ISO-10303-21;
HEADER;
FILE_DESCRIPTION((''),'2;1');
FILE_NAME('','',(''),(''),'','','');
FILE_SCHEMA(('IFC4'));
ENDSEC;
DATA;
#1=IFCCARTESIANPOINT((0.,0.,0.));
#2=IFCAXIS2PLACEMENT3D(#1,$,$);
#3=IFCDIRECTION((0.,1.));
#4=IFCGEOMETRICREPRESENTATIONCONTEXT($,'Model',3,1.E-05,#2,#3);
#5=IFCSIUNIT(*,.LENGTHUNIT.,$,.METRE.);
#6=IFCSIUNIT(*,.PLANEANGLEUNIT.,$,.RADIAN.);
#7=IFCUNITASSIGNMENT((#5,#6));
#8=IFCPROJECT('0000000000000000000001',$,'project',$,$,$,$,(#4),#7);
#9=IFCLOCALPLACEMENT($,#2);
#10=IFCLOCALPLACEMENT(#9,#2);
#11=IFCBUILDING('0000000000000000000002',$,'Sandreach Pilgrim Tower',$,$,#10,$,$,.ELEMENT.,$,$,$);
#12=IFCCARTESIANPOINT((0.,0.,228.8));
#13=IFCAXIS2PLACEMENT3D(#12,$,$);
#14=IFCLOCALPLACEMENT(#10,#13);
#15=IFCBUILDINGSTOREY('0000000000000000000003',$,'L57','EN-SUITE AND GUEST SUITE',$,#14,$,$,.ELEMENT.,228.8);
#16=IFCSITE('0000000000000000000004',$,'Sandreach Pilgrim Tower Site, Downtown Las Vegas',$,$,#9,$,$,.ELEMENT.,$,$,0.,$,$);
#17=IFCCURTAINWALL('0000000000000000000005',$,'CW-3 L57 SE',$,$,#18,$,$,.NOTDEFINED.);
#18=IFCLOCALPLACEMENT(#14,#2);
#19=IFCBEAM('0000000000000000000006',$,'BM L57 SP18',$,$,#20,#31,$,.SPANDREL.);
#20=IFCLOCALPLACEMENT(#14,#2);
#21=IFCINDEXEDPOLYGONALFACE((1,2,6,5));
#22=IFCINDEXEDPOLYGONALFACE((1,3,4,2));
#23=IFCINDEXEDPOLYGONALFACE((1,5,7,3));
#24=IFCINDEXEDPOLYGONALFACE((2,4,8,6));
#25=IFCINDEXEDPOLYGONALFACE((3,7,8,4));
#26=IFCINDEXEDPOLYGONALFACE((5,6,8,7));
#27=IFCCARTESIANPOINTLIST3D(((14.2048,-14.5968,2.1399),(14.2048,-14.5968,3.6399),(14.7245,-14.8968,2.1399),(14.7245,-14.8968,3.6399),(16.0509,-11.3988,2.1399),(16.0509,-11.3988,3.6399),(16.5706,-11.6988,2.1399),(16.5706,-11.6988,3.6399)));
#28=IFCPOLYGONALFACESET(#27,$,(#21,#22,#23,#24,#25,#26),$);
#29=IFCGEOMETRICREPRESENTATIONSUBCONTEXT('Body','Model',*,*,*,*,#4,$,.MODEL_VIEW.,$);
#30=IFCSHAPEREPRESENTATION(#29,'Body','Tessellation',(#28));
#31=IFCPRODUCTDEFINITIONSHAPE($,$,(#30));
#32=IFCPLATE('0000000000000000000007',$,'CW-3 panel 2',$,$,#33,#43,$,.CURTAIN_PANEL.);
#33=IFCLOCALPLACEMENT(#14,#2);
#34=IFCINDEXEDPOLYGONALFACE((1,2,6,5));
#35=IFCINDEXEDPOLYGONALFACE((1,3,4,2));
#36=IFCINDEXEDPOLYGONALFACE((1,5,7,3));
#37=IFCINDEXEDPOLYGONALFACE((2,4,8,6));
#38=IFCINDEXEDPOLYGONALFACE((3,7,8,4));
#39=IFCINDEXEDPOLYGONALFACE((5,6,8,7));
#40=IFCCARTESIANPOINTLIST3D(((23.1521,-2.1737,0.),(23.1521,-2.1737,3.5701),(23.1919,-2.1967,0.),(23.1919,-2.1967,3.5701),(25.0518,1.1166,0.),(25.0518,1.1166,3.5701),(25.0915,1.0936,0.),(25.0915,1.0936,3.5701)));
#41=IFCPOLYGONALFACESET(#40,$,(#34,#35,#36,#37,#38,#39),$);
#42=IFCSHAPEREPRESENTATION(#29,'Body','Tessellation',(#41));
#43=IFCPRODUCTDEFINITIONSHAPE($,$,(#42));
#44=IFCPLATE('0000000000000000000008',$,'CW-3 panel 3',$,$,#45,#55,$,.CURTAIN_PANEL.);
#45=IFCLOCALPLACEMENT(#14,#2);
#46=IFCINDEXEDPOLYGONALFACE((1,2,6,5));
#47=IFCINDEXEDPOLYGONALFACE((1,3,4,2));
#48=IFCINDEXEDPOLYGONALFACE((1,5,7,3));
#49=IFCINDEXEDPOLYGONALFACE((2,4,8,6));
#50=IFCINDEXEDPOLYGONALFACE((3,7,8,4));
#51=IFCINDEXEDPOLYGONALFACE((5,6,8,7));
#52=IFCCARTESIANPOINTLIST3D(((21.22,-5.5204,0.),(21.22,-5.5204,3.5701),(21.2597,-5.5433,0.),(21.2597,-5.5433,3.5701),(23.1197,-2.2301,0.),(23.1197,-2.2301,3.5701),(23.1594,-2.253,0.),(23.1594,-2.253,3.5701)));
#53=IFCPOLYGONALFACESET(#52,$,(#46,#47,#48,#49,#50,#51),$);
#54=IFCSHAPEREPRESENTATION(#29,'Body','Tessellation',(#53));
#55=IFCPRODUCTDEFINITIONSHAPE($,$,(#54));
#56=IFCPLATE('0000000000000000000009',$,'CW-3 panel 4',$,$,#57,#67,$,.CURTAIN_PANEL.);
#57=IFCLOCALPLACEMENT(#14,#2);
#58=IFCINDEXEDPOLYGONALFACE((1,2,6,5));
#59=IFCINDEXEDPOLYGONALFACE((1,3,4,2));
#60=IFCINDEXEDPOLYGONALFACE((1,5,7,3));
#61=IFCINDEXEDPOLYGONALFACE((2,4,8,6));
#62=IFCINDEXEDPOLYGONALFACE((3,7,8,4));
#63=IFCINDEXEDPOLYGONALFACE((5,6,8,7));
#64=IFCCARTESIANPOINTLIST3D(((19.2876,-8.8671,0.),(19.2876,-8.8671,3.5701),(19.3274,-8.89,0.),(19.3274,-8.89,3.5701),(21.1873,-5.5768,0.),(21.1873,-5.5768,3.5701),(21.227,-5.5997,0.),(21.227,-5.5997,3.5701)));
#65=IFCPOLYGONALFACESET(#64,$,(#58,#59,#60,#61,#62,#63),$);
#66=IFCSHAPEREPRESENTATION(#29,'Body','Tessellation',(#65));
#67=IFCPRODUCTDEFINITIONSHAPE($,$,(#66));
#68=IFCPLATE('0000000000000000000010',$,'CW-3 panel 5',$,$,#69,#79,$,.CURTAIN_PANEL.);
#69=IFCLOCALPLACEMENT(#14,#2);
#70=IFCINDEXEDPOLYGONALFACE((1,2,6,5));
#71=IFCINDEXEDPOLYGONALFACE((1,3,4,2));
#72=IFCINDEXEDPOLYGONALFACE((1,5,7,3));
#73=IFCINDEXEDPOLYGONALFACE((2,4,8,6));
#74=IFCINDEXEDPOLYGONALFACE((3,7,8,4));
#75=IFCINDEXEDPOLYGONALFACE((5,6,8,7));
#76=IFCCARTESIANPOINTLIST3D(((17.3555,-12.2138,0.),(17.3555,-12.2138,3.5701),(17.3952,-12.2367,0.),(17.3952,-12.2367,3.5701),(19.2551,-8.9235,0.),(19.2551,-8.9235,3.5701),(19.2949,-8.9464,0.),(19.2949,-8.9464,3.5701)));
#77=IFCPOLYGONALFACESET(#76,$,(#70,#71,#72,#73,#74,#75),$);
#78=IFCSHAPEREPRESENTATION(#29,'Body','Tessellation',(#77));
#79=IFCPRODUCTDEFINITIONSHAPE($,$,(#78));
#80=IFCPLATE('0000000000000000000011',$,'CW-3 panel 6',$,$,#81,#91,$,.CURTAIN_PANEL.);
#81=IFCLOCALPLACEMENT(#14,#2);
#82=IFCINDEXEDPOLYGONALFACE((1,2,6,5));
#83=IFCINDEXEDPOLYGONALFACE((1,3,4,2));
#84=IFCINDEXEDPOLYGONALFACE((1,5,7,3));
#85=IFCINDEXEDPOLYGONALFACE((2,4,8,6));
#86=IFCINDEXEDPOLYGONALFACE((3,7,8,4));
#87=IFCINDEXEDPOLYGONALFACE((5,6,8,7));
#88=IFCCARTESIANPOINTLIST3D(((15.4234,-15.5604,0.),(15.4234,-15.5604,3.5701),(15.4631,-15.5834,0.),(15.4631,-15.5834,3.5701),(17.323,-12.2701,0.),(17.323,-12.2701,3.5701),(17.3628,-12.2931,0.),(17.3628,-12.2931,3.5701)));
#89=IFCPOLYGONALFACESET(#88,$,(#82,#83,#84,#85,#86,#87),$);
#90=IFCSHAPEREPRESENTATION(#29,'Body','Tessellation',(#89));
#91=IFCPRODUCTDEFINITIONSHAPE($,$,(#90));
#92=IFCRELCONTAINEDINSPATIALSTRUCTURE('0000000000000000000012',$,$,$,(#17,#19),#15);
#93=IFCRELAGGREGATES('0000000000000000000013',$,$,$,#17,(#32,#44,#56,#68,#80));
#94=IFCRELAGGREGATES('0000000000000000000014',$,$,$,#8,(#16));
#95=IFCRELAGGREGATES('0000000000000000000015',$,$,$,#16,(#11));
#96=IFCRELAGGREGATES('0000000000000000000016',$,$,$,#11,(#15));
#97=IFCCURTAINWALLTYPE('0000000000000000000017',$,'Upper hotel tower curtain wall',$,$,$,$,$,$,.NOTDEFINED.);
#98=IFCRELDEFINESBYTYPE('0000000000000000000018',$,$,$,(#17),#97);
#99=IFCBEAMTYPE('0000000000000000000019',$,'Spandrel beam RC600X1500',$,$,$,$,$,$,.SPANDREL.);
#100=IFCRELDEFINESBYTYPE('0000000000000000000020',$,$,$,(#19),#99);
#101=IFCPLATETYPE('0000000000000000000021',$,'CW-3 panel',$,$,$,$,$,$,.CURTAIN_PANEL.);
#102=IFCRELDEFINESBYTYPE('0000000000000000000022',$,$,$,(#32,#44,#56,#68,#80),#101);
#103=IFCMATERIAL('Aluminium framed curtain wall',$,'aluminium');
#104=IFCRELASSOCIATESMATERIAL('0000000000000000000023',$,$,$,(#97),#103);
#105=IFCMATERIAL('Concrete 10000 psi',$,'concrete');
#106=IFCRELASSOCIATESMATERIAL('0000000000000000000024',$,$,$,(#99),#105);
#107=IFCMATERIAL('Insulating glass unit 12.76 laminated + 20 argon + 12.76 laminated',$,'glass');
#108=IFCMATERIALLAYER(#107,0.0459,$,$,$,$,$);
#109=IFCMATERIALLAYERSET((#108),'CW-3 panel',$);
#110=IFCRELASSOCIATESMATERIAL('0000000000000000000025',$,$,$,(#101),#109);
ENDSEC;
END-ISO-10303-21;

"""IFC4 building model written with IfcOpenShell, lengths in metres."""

from ifc_helpers import new_model, si_unit, direction, frame, origin, origin_2d, place, context, subcontext, project, spatial, rectangle, extrude, material, layer, layer_set, material_profile, profile_set, type_object, element, aggregate, save


model = new_model("IFC4")

# Units and contexts
model_context = context("Model", 3, precision=1e-05, world=origin(), true_north=direction((0.0, 1.0)))
body_context = subcontext(model_context, "Body", "Model", "MODEL_VIEW")
ifc_project = project(units=[si_unit("LENGTHUNIT", "METRE"), si_unit("PLANEANGLEUNIT", "RADIAN")], contexts=[model_context])

# Site, building, storey
site_placement = place(None, origin())
site = spatial("IfcSite", under=ifc_project, at=site_placement, Name="Sandreach Pilgrim Tower Site, Downtown Las Vegas", CompositionType="ELEMENT", RefElevation=0.0)
building_placement = place(site_placement, origin())
building = spatial("IfcBuilding", under=site, at=building_placement, Name="Sandreach Pilgrim Tower", CompositionType="ELEMENT")
storey_placement = place(building_placement, frame((0.0, 0.0, 228.8)))
storey = spatial("IfcBuildingStorey", under=building, at=storey_placement, Name="L57", Description="EN-SUITE AND GUEST SUITE", CompositionType="ELEMENT", Elevation=228.8)

# Curtain wall
ifc_material_1 = material(Name="Aluminium framed curtain wall", Category="aluminium")
curtain_wall_type = type_object("IfcCurtainWallType", Name="Upper hotel tower curtain wall", PredefinedType="NOTDEFINED", material=ifc_material_1)
curtain_wall_placement = place(storey_placement, origin())
curtain_wall = element("IfcCurtainWall", 1, at=curtain_wall_placement, inside=storey, type_object=curtain_wall_type, Name="CW-3 L57 SE", PredefinedType="NOTDEFINED")

# Beam
ifc_material_2 = material(Name="Concrete 10000 psi", Category="concrete")
ifc_material_profile_1 = material_profile(ifc_material_2, rectangle(XDim=0.6001, YDim=1.5, at=origin_2d()), Name="RC600X1500")
ifc_profile_set_1 = profile_set([ifc_material_profile_1], Name="Concrete 10000 psi")
beam_type_1 = type_object("IfcBeamType", Name="Spandrel beam RC600X1500", PredefinedType="SPANDREL", material=ifc_profile_set_1)
for number, where, z_axis, x_axis, name in (
    (2, (16.3108, -11.5488, 2.8899), (-0.499965, -0.866046, 0.0), (0.866046, -0.499965, 0.0), "BM L57 SP18"),
):
    element("IfcBeam", number, at=place(storey_placement, frame(where, z_axis=z_axis, x_axis=x_axis)), inside=storey, type_object=beam_type_1, Name=name, PredefinedType="SPANDREL", context=body_context, shape_type="SweptSolid", body=[
        extrude(rectangle(XDim=0.6001, YDim=1.5, at=origin_2d()), origin(), (0.0, 0.0, 1.0), 3.6926),
    ])

# Plates
ifc_material_3 = material(Name="Insulating glass unit 12.76 laminated + 20 argon + 12.76 laminated", Category="glass")
ifc_layer = layer(ifc_material_3, 0.0459)
ifc_layer_set = layer_set([ifc_layer], Name="CW-3 panel")
plate_type = type_object("IfcPlateType", Name="CW-3 panel", PredefinedType="CURTAIN_PANEL", material=ifc_layer_set)
plate_1_placement = place(storey_placement, frame((24.1218, -0.54, 0.0), z_axis=(0.0, 0.0, 1.0), x_axis=(-0.5, -0.866025, 0.0)))
plate_1 = element("IfcPlate", 3, at=plate_1_placement, type_object=plate_type, Name="CW-3 panel 2", PredefinedType="CURTAIN_PANEL", context=body_context, shape_type="SweptSolid", body=[
    extrude(rectangle(XDim=3.7993, YDim=0.0459, at=origin_2d()), origin(), (0.0, 0.0, 1.0), 3.5701),
])
plate_2_placement = place(storey_placement, frame((22.1897, -3.8867, 0.0), z_axis=(0.0, 0.0, 1.0), x_axis=(-0.5, -0.866025, 0.0)))
plate_2 = element("IfcPlate", 4, at=plate_2_placement, type_object=plate_type, Name="CW-3 panel 3", PredefinedType="CURTAIN_PANEL", context=body_context, shape_type="SweptSolid", body=[
    extrude(rectangle(XDim=3.7993, YDim=0.0459, at=origin_2d()), origin(), (0.0, 0.0, 1.0), 3.5701),
])
plate_3_placement = place(storey_placement, frame((20.2573, -7.2334, 0.0), z_axis=(0.0, 0.0, 1.0), x_axis=(-0.5, -0.866025, 0.0)))
plate_3 = element("IfcPlate", 5, at=plate_3_placement, type_object=plate_type, Name="CW-3 panel 4", PredefinedType="CURTAIN_PANEL", context=body_context, shape_type="SweptSolid", body=[
    extrude(rectangle(XDim=3.7993, YDim=0.0459, at=origin_2d()), origin(), (0.0, 0.0, 1.0), 3.5701),
])
plate_4_placement = place(storey_placement, frame((18.3252, -10.5801, 0.0), z_axis=(0.0, 0.0, 1.0), x_axis=(-0.5, -0.866025, 0.0)))
plate_4 = element("IfcPlate", 6, at=plate_4_placement, type_object=plate_type, Name="CW-3 panel 5", PredefinedType="CURTAIN_PANEL", context=body_context, shape_type="SweptSolid", body=[
    extrude(rectangle(XDim=3.7993, YDim=0.0459, at=origin_2d()), origin(), (0.0, 0.0, 1.0), 3.5701),
])
plate_5_placement = place(storey_placement, frame((16.3931, -13.9268, 0.0), z_axis=(0.0, 0.0, 1.0), x_axis=(-0.5, -0.866025, 0.0)))
plate_5 = element("IfcPlate", 7, at=plate_5_placement, type_object=plate_type, Name="CW-3 panel 6", PredefinedType="CURTAIN_PANEL", context=body_context, shape_type="SweptSolid", body=[
    extrude(rectangle(XDim=3.7993, YDim=0.0459, at=origin_2d()), origin(), (0.0, 0.0, 1.0), 3.5701),
])
aggregate(curtain_wall, [plate_1, plate_2, plate_3, plate_4, plate_5])

save(model, "model.ifc")
